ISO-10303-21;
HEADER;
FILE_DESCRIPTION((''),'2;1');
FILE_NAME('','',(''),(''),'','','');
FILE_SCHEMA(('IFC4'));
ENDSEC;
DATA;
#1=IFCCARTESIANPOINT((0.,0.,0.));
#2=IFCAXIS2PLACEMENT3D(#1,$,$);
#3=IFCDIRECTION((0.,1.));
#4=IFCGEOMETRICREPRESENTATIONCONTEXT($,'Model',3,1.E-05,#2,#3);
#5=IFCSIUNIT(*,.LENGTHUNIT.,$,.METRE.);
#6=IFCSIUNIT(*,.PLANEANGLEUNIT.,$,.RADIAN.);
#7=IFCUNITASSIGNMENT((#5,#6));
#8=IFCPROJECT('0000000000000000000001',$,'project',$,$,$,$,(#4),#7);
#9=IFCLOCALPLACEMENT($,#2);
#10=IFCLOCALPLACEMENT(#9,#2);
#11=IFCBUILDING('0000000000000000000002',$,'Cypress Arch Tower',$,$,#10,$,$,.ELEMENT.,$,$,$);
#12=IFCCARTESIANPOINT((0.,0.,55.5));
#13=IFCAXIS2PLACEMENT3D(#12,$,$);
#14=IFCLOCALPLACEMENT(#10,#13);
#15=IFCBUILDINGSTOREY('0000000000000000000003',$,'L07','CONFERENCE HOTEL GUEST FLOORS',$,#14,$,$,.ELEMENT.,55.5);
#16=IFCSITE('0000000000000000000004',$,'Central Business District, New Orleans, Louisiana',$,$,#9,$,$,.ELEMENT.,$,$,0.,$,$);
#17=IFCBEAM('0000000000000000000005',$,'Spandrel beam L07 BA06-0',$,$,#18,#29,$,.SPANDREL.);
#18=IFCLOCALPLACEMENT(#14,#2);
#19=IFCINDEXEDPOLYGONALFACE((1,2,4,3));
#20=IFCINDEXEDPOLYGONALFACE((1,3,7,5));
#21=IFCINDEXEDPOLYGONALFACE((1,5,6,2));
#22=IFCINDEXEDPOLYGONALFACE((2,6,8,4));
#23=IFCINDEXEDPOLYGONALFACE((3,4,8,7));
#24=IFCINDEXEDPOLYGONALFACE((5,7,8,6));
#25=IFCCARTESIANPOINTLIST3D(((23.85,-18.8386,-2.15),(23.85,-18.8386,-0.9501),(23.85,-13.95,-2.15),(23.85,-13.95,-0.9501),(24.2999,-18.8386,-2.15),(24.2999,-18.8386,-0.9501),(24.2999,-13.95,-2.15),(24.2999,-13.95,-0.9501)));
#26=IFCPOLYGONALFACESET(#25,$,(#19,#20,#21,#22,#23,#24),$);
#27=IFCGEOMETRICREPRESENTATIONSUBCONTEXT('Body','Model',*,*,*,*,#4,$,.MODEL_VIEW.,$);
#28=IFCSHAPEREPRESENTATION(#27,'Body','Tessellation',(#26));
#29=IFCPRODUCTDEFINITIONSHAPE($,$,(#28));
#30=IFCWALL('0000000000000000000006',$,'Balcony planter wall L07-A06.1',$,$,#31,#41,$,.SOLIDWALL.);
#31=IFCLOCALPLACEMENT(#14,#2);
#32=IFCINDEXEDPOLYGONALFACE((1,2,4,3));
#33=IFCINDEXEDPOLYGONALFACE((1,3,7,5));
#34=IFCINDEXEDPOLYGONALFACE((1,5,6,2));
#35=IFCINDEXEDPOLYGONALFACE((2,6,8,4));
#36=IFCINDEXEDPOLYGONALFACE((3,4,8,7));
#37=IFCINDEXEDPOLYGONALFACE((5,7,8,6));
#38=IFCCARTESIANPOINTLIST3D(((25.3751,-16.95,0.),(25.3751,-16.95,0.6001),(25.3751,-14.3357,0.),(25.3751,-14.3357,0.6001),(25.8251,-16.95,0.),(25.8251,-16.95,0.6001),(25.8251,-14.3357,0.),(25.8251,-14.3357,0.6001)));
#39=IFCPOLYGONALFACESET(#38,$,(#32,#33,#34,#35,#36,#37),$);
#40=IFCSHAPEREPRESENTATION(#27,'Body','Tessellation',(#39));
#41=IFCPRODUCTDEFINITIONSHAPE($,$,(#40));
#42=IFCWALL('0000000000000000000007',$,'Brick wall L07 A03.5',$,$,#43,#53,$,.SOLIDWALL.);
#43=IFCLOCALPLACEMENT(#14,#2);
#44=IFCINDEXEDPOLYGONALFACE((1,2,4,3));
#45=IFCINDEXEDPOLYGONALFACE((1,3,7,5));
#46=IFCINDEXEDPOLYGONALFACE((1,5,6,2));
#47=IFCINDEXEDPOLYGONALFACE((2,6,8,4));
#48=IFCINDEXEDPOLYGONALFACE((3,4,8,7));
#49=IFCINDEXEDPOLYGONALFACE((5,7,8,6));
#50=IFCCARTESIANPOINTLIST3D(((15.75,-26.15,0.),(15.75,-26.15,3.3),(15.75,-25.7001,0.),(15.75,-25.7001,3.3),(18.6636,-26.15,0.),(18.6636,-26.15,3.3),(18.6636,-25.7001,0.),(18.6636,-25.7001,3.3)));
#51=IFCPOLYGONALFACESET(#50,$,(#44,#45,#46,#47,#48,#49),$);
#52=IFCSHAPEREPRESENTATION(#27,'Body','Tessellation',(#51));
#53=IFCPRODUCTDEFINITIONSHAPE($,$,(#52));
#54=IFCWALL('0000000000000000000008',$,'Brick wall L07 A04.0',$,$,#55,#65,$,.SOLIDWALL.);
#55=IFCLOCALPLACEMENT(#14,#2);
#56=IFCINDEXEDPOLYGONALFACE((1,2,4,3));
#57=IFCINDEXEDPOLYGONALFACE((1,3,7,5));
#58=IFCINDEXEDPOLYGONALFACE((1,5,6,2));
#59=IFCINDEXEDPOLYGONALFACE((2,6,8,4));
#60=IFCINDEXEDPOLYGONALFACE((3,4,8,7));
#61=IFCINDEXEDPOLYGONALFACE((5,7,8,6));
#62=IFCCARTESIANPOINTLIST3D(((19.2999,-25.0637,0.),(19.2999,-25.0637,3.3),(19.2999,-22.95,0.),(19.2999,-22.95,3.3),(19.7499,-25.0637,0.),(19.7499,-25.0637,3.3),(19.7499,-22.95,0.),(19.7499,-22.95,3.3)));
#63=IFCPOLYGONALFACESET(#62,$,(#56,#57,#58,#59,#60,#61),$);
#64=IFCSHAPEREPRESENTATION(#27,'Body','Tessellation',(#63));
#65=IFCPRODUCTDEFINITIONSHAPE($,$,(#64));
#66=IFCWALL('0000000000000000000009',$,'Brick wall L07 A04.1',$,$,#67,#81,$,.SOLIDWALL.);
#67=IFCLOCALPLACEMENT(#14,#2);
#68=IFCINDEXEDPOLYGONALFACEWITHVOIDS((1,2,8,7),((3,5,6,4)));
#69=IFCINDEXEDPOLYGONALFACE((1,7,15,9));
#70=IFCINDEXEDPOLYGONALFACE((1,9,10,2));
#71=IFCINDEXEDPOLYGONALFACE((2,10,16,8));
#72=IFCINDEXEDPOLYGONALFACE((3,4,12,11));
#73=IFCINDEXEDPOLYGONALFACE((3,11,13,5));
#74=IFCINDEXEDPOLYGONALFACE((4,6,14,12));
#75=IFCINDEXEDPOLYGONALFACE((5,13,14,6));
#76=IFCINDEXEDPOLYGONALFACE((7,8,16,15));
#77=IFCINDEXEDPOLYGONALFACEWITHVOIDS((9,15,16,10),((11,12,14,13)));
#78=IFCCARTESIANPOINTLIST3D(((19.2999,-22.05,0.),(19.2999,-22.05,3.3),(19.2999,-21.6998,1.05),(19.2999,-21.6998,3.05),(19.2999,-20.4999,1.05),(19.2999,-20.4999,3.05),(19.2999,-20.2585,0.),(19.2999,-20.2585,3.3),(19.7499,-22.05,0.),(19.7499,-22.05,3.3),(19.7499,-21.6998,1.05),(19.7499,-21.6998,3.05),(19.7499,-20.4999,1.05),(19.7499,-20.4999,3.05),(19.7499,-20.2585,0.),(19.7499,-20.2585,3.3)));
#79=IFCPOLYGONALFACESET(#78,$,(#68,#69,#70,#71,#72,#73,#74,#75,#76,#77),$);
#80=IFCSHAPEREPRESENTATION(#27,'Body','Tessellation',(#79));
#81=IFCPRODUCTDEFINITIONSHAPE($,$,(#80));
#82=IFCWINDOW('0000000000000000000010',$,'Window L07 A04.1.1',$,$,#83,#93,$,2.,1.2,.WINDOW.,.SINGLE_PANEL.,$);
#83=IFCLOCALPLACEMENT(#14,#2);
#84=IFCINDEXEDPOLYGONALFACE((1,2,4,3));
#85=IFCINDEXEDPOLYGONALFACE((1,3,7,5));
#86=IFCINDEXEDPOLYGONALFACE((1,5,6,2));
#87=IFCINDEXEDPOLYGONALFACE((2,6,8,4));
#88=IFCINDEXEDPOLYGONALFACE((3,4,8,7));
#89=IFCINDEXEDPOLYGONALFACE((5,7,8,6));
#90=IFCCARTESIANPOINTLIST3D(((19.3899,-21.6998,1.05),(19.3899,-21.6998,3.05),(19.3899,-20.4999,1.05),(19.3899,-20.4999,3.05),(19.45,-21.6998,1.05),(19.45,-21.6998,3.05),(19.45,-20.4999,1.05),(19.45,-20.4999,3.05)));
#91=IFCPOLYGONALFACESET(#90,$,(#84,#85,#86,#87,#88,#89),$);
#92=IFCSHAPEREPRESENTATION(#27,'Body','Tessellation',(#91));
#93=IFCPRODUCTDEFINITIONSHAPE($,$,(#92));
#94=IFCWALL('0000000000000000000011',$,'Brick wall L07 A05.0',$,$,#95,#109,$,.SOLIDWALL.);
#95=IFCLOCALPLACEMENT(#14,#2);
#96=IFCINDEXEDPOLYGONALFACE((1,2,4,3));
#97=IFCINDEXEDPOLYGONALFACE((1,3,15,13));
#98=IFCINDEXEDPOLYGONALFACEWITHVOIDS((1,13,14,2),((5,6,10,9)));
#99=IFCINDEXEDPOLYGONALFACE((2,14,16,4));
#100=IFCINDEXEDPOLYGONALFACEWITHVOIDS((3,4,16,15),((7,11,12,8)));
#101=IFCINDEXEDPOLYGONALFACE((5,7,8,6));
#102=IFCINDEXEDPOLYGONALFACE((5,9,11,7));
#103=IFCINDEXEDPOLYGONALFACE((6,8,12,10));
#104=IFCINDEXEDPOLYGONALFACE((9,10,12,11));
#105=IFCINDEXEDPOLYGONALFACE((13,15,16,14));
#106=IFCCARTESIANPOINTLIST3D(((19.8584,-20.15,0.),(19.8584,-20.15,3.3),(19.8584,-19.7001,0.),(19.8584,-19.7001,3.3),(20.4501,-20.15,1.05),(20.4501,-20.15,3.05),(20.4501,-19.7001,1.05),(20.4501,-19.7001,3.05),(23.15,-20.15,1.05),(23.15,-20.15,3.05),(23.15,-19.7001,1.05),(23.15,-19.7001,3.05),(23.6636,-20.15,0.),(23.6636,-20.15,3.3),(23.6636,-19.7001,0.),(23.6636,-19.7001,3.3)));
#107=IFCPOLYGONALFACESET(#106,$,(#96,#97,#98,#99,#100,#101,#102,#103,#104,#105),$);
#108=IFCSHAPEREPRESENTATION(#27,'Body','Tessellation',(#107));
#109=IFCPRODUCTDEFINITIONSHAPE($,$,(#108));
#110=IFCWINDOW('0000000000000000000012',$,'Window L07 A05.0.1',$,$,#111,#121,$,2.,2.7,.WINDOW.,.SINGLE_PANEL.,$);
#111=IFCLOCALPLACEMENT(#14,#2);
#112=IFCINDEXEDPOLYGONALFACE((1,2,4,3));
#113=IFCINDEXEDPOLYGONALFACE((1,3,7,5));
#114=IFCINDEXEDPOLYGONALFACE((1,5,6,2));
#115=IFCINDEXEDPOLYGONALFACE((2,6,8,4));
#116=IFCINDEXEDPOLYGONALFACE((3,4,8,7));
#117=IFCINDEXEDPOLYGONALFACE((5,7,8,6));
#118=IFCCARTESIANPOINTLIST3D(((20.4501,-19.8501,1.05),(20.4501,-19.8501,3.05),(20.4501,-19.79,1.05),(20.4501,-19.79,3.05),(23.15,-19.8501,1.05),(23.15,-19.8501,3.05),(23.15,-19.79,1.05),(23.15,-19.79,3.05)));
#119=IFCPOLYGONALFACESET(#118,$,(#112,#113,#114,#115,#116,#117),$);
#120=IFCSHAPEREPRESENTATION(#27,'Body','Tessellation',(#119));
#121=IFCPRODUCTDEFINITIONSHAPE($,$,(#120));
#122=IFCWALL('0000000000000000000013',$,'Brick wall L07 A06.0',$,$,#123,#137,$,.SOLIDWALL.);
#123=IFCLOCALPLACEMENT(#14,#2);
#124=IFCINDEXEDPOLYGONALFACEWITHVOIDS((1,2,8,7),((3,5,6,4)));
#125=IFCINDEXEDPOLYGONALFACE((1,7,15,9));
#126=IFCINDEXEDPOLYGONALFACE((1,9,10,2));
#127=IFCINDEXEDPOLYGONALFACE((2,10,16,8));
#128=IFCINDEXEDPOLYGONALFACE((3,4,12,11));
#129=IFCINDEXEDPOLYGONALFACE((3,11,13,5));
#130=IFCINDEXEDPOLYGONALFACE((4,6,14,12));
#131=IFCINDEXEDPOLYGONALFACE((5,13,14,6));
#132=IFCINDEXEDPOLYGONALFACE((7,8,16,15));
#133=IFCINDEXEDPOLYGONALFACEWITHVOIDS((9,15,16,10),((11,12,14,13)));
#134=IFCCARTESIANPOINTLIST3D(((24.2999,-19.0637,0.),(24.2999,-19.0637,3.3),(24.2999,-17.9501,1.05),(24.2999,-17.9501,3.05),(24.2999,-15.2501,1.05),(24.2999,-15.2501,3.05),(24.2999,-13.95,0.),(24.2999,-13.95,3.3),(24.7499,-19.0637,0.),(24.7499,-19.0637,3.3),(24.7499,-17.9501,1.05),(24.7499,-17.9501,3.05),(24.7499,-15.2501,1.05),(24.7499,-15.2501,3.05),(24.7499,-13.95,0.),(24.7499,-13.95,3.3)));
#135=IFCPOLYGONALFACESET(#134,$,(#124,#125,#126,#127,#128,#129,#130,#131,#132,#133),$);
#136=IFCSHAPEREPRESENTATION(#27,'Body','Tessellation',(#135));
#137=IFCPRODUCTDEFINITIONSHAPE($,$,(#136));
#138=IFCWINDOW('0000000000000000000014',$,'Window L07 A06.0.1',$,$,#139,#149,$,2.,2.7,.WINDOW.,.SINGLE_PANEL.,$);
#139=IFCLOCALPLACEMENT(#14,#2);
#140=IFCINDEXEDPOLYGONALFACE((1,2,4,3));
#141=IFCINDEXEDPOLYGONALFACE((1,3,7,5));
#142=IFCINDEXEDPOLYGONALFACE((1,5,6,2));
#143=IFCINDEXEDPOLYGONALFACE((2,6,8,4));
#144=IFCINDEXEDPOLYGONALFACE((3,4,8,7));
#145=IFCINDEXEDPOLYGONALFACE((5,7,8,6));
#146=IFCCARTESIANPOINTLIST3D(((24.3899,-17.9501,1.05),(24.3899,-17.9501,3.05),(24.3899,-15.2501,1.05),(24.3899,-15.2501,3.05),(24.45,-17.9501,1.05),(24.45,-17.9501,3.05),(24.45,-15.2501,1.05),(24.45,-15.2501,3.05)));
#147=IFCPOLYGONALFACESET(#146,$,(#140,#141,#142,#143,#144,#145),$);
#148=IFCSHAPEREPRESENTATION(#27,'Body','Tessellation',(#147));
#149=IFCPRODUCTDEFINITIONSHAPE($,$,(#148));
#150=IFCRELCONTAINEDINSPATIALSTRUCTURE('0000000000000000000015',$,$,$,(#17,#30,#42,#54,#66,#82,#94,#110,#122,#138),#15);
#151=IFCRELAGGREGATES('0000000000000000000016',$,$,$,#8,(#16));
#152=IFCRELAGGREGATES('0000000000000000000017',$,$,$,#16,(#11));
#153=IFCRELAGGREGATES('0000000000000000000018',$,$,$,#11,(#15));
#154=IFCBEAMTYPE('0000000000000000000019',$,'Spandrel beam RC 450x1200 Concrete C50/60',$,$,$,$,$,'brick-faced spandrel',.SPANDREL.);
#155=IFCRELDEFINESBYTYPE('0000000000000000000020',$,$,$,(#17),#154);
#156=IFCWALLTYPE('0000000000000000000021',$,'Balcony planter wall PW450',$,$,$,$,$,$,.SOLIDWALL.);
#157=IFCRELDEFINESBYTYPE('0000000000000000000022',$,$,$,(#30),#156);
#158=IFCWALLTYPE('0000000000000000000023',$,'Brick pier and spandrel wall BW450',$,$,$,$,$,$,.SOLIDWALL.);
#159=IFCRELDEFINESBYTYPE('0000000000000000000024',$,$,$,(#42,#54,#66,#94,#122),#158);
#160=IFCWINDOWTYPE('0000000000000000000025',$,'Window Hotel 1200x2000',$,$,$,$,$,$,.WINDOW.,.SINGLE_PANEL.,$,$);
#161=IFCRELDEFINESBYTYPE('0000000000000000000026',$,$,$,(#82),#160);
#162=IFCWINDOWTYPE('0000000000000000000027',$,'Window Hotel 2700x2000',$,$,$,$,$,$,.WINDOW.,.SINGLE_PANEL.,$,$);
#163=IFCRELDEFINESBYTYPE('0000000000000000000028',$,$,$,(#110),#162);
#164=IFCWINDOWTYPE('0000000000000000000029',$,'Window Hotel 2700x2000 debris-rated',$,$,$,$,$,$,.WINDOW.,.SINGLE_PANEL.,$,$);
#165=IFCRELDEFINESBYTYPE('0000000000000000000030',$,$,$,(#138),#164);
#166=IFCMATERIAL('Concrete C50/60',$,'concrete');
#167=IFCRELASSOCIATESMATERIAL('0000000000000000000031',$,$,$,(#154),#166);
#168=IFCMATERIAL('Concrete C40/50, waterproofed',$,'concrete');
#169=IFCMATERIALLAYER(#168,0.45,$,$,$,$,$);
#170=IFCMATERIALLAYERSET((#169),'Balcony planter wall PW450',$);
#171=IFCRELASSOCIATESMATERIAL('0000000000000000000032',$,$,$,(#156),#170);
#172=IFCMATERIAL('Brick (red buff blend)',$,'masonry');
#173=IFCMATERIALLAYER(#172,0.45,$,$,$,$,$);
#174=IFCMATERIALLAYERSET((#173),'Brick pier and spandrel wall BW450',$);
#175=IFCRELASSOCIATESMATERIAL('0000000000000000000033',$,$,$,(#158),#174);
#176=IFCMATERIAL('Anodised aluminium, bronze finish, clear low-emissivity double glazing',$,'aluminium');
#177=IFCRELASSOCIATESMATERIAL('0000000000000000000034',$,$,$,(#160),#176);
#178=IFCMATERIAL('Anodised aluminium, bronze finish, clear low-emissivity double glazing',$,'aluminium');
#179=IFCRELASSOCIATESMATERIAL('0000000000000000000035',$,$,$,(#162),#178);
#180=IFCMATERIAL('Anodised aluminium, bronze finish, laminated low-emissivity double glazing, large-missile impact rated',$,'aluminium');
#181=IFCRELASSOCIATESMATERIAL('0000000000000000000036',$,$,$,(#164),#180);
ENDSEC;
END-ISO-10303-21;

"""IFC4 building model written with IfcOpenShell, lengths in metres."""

from ifc_helpers import new_model, si_unit, direction, frame, frame_2d, origin, origin_2d, place, context, subcontext, project, spatial, rectangle, extrude, material, layer, layer_set, material_profile, profile_set, type_object, element, fill, save


model = new_model("IFC4")

# Units and contexts
model_context = context("Model", 3, precision=1e-05, world=origin(), true_north=direction((0.0, 1.0)))
body_context = subcontext(model_context, "Body", "Model", "MODEL_VIEW")
ifc_project = project(units=[si_unit("LENGTHUNIT", "METRE"), si_unit("PLANEANGLEUNIT", "RADIAN")], contexts=[model_context])

# Site, building, storey
site_placement = place(None, origin())
site = spatial("IfcSite", under=ifc_project, at=site_placement, Name="Central Business District, New Orleans, Louisiana", CompositionType="ELEMENT", RefElevation=0.0)
building_placement = place(site_placement, origin())
building = spatial("IfcBuilding", under=site, at=building_placement, Name="Cypress Arch Tower", CompositionType="ELEMENT")
storey_placement = place(building_placement, frame((0.0, 0.0, 55.5)))
storey = spatial("IfcBuildingStorey", under=building, at=storey_placement, Name="L07", Description="CONFERENCE HOTEL GUEST FLOORS", CompositionType="ELEMENT", Elevation=55.5)

# Beam
ifc_material_1 = material(Name="Concrete C50/60", Category="concrete")
ifc_material_profile_1 = material_profile(ifc_material_1, rectangle(XDim=0.45, YDim=1.2, at=origin_2d()), Name="RC 450x1200")
ifc_profile_set_1 = profile_set([ifc_material_profile_1], Name="Concrete C50/60")
beam_type = type_object("IfcBeamType", Name="Spandrel beam RC 450x1200 Concrete C50/60", ElementType="brick-faced spandrel", PredefinedType="SPANDREL", material=ifc_profile_set_1)
beam_1_placement = place(storey_placement, frame((24.075, -18.8386, -1.55), z_axis=(0.0, 1.0, 0.0), x_axis=(-1.0, 0.0, 0.0)))
element("IfcBeam", 1, at=beam_1_placement, inside=storey, type_object=beam_type, Name="Spandrel beam L07 BA06-0", PredefinedType="SPANDREL", context=body_context, shape_type="SweptSolid", body=[
    extrude(rectangle(XDim=0.45, YDim=1.2, at=origin_2d()), origin(), (0.0, 0.0, 1.0), 4.8887),
])

# Walls
ifc_material_2 = material(Name="Concrete C40/50, waterproofed", Category="concrete")
ifc_layer_1 = layer(ifc_material_2, 0.45)
ifc_layer_set_1 = layer_set([ifc_layer_1], Name="Balcony planter wall PW450")
wall_type_1 = type_object("IfcWallType", Name="Balcony planter wall PW450", PredefinedType="SOLIDWALL", material=ifc_layer_set_1)
wall_1_placement = place(storey_placement, frame((25.6001, -16.95, 0.0), z_axis=(0.0, 0.0, 1.0), x_axis=(0.0, 1.0, 0.0)))
element("IfcWall", 2, at=wall_1_placement, inside=storey, type_object=wall_type_1, Name="Balcony planter wall L07-A06.1", PredefinedType="SOLIDWALL", context=body_context, shape_type="SweptSolid", body=[
    extrude(rectangle(XDim=2.6143, YDim=0.45, at=frame_2d((1.3071, 0.0))), origin(), (0.0, 0.0, 1.0), 0.6001),
])
ifc_material_3 = material(Name="Brick (red buff blend)", Category="masonry")
ifc_layer_2 = layer(ifc_material_3, 0.45)
ifc_layer_set_2 = layer_set([ifc_layer_2], Name="Brick pier and spandrel wall BW450")
wall_type_2 = type_object("IfcWallType", Name="Brick pier and spandrel wall BW450", PredefinedType="SOLIDWALL", material=ifc_layer_set_2)
wall_2_placement = place(storey_placement, frame((15.75, -25.925, 0.0), z_axis=(0.0, 0.0, 1.0), x_axis=(1.0, 0.0, 0.0)))
element("IfcWall", 3, at=wall_2_placement, inside=storey, type_object=wall_type_2, Name="Brick wall L07 A03.5", PredefinedType="SOLIDWALL", context=body_context, shape_type="SweptSolid", body=[
    extrude(rectangle(XDim=2.9136, YDim=0.45, at=frame_2d((1.4568, 0.0))), origin(), (0.0, 0.0, 1.0), 3.3),
])
wall_3_placement = place(storey_placement, frame((19.5249, -25.0637, 0.0), z_axis=(0.0, 0.0, 1.0), x_axis=(0.0, 1.0, 0.0)))
element("IfcWall", 4, at=wall_3_placement, inside=storey, type_object=wall_type_2, Name="Brick wall L07 A04.0", PredefinedType="SOLIDWALL", context=body_context, shape_type="SweptSolid", body=[
    extrude(rectangle(XDim=2.1138, YDim=0.45, at=frame_2d((1.0569, 0.0))), origin(), (0.0, 0.0, 1.0), 3.3),
])

# Walls, openings, windows
wall_4_placement = place(storey_placement, frame((19.5249, -22.05, 0.0), z_axis=(0.0, 0.0, 1.0), x_axis=(0.0, 1.0, 0.0)))
wall_4 = element("IfcWall", 5, at=wall_4_placement, inside=storey, type_object=wall_type_2, Name="Brick wall L07 A04.1", PredefinedType="SOLIDWALL", context=body_context, shape_type="SweptSolid", body=[
    extrude(rectangle(XDim=1.7915, YDim=0.45, at=frame_2d((0.8958, 0.0))), origin(), (0.0, 0.0, 1.0), 3.3),
])
opening_1_placement = place(wall_4_placement, frame((0.3501, 0.0, 1.05)))
opening_1 = element("IfcOpeningElement", 6, at=opening_1_placement, cuts=wall_4, PredefinedType="OPENING", context=body_context, shape_type="SweptSolid", body=[
    extrude(rectangle(XDim=1.2, YDim=2.0, at=frame_2d((0.6001, 1.0))), frame((0.0, 0.2349, 0.0), z_axis=(0.0, -1.0, 0.0), x_axis=(1.0, 0.0, 0.0)), (0.0, 0.0, 1.0), 0.47),
])
ifc_material_4 = material(Name="Anodised aluminium, bronze finish, clear low-emissivity double glazing", Category="aluminium")
window_type_1 = type_object("IfcWindowType", Name="Window Hotel 1200x2000", PartitioningType="SINGLE_PANEL", PredefinedType="WINDOW", material=ifc_material_4)
window_1_placement = place(opening_1_placement, origin())
window_1 = element("IfcWindow", 7, at=window_1_placement, inside=storey, type_object=window_type_1, Name="Window L07 A04.1.1", OverallHeight=2.0, OverallWidth=1.2, PartitioningType="SINGLE_PANEL", PredefinedType="WINDOW", context=body_context, shape_type="SweptSolid", body=[
    extrude(rectangle(XDim=1.2, YDim=2.0, at=frame_2d((0.6001, 1.0))), frame((0.0, 0.135, 0.0), z_axis=(0.0, -1.0, 0.0), x_axis=(1.0, 0.0, 0.0)), (0.0, 0.0, 1.0), 0.0601),
])
fill(opening_1, window_1)
wall_5_placement = place(storey_placement, frame((19.8584, -19.925, 0.0), z_axis=(0.0, 0.0, 1.0), x_axis=(1.0, 0.0, 0.0)))
wall_5 = element("IfcWall", 8, at=wall_5_placement, inside=storey, type_object=wall_type_2, Name="Brick wall L07 A05.0", PredefinedType="SOLIDWALL", context=body_context, shape_type="SweptSolid", body=[
    extrude(rectangle(XDim=3.8052, YDim=0.45, at=frame_2d((1.9026, 0.0))), origin(), (0.0, 0.0, 1.0), 3.3),
])
opening_2_placement = place(wall_5_placement, frame((0.5916, 0.0, 1.05)))
opening_2 = element("IfcOpeningElement", 9, at=opening_2_placement, cuts=wall_5, PredefinedType="OPENING", context=body_context, shape_type="SweptSolid", body=[
    extrude(rectangle(XDim=2.7, YDim=2.0, at=frame_2d((1.3501, 1.0))), frame((0.0, 0.2349, 0.0), z_axis=(0.0, -1.0, 0.0), x_axis=(1.0, 0.0, 0.0)), (0.0, 0.0, 1.0), 0.47),
])
ifc_material_5 = material(Name="Anodised aluminium, bronze finish, clear low-emissivity double glazing", Category="aluminium")
window_type_2 = type_object("IfcWindowType", Name="Window Hotel 2700x2000", PartitioningType="SINGLE_PANEL", PredefinedType="WINDOW", material=ifc_material_5)
window_2_placement = place(opening_2_placement, origin())
window_2 = element("IfcWindow", 10, at=window_2_placement, inside=storey, type_object=window_type_2, Name="Window L07 A05.0.1", OverallHeight=2.0, OverallWidth=2.7, PartitioningType="SINGLE_PANEL", PredefinedType="WINDOW", context=body_context, shape_type="SweptSolid", body=[
    extrude(rectangle(XDim=2.7, YDim=2.0, at=frame_2d((1.3501, 1.0))), frame((0.0, 0.135, 0.0), z_axis=(0.0, -1.0, 0.0), x_axis=(1.0, 0.0, 0.0)), (0.0, 0.0, 1.0), 0.0601),
])
fill(opening_2, window_2)
wall_6_placement = place(storey_placement, frame((24.5249, -19.0637, 0.0), z_axis=(0.0, 0.0, 1.0), x_axis=(0.0, 1.0, 0.0)))
wall_6 = element("IfcWall", 11, at=wall_6_placement, inside=storey, type_object=wall_type_2, Name="Brick wall L07 A06.0", PredefinedType="SOLIDWALL", context=body_context, shape_type="SweptSolid", body=[
    extrude(rectangle(XDim=5.1138, YDim=0.45, at=frame_2d((2.5569, 0.0))), origin(), (0.0, 0.0, 1.0), 3.3),
])
opening_3_placement = place(wall_6_placement, frame((1.1135, 0.0, 1.05)))
opening_3 = element("IfcOpeningElement", 12, at=opening_3_placement, cuts=wall_6, PredefinedType="OPENING", context=body_context, shape_type="SweptSolid", body=[
    extrude(rectangle(XDim=2.7, YDim=2.0, at=frame_2d((1.3501, 1.0))), frame((0.0, 0.2349, 0.0), z_axis=(0.0, -1.0, 0.0), x_axis=(1.0, 0.0, 0.0)), (0.0, 0.0, 1.0), 0.47),
])
ifc_material_6 = material(Name="Anodised aluminium, bronze finish, laminated low-emissivity double glazing, large-missile impact rated", Category="aluminium")
window_type_3 = type_object("IfcWindowType", Name="Window Hotel 2700x2000 debris-rated", PartitioningType="SINGLE_PANEL", PredefinedType="WINDOW", material=ifc_material_6)
window_3_placement = place(opening_3_placement, origin())
window_3 = element("IfcWindow", 13, at=window_3_placement, inside=storey, type_object=window_type_3, Name="Window L07 A06.0.1", OverallHeight=2.0, OverallWidth=2.7, PartitioningType="SINGLE_PANEL", PredefinedType="WINDOW", context=body_context, shape_type="SweptSolid", body=[
    extrude(rectangle(XDim=2.7, YDim=2.0, at=frame_2d((1.3501, 1.0))), frame((0.0, 0.135, 0.0), z_axis=(0.0, -1.0, 0.0), x_axis=(1.0, 0.0, 0.0)), (0.0, 0.0, 1.0), 0.0601),
])
fill(opening_3, window_3)

save(model, "model.ifc")
